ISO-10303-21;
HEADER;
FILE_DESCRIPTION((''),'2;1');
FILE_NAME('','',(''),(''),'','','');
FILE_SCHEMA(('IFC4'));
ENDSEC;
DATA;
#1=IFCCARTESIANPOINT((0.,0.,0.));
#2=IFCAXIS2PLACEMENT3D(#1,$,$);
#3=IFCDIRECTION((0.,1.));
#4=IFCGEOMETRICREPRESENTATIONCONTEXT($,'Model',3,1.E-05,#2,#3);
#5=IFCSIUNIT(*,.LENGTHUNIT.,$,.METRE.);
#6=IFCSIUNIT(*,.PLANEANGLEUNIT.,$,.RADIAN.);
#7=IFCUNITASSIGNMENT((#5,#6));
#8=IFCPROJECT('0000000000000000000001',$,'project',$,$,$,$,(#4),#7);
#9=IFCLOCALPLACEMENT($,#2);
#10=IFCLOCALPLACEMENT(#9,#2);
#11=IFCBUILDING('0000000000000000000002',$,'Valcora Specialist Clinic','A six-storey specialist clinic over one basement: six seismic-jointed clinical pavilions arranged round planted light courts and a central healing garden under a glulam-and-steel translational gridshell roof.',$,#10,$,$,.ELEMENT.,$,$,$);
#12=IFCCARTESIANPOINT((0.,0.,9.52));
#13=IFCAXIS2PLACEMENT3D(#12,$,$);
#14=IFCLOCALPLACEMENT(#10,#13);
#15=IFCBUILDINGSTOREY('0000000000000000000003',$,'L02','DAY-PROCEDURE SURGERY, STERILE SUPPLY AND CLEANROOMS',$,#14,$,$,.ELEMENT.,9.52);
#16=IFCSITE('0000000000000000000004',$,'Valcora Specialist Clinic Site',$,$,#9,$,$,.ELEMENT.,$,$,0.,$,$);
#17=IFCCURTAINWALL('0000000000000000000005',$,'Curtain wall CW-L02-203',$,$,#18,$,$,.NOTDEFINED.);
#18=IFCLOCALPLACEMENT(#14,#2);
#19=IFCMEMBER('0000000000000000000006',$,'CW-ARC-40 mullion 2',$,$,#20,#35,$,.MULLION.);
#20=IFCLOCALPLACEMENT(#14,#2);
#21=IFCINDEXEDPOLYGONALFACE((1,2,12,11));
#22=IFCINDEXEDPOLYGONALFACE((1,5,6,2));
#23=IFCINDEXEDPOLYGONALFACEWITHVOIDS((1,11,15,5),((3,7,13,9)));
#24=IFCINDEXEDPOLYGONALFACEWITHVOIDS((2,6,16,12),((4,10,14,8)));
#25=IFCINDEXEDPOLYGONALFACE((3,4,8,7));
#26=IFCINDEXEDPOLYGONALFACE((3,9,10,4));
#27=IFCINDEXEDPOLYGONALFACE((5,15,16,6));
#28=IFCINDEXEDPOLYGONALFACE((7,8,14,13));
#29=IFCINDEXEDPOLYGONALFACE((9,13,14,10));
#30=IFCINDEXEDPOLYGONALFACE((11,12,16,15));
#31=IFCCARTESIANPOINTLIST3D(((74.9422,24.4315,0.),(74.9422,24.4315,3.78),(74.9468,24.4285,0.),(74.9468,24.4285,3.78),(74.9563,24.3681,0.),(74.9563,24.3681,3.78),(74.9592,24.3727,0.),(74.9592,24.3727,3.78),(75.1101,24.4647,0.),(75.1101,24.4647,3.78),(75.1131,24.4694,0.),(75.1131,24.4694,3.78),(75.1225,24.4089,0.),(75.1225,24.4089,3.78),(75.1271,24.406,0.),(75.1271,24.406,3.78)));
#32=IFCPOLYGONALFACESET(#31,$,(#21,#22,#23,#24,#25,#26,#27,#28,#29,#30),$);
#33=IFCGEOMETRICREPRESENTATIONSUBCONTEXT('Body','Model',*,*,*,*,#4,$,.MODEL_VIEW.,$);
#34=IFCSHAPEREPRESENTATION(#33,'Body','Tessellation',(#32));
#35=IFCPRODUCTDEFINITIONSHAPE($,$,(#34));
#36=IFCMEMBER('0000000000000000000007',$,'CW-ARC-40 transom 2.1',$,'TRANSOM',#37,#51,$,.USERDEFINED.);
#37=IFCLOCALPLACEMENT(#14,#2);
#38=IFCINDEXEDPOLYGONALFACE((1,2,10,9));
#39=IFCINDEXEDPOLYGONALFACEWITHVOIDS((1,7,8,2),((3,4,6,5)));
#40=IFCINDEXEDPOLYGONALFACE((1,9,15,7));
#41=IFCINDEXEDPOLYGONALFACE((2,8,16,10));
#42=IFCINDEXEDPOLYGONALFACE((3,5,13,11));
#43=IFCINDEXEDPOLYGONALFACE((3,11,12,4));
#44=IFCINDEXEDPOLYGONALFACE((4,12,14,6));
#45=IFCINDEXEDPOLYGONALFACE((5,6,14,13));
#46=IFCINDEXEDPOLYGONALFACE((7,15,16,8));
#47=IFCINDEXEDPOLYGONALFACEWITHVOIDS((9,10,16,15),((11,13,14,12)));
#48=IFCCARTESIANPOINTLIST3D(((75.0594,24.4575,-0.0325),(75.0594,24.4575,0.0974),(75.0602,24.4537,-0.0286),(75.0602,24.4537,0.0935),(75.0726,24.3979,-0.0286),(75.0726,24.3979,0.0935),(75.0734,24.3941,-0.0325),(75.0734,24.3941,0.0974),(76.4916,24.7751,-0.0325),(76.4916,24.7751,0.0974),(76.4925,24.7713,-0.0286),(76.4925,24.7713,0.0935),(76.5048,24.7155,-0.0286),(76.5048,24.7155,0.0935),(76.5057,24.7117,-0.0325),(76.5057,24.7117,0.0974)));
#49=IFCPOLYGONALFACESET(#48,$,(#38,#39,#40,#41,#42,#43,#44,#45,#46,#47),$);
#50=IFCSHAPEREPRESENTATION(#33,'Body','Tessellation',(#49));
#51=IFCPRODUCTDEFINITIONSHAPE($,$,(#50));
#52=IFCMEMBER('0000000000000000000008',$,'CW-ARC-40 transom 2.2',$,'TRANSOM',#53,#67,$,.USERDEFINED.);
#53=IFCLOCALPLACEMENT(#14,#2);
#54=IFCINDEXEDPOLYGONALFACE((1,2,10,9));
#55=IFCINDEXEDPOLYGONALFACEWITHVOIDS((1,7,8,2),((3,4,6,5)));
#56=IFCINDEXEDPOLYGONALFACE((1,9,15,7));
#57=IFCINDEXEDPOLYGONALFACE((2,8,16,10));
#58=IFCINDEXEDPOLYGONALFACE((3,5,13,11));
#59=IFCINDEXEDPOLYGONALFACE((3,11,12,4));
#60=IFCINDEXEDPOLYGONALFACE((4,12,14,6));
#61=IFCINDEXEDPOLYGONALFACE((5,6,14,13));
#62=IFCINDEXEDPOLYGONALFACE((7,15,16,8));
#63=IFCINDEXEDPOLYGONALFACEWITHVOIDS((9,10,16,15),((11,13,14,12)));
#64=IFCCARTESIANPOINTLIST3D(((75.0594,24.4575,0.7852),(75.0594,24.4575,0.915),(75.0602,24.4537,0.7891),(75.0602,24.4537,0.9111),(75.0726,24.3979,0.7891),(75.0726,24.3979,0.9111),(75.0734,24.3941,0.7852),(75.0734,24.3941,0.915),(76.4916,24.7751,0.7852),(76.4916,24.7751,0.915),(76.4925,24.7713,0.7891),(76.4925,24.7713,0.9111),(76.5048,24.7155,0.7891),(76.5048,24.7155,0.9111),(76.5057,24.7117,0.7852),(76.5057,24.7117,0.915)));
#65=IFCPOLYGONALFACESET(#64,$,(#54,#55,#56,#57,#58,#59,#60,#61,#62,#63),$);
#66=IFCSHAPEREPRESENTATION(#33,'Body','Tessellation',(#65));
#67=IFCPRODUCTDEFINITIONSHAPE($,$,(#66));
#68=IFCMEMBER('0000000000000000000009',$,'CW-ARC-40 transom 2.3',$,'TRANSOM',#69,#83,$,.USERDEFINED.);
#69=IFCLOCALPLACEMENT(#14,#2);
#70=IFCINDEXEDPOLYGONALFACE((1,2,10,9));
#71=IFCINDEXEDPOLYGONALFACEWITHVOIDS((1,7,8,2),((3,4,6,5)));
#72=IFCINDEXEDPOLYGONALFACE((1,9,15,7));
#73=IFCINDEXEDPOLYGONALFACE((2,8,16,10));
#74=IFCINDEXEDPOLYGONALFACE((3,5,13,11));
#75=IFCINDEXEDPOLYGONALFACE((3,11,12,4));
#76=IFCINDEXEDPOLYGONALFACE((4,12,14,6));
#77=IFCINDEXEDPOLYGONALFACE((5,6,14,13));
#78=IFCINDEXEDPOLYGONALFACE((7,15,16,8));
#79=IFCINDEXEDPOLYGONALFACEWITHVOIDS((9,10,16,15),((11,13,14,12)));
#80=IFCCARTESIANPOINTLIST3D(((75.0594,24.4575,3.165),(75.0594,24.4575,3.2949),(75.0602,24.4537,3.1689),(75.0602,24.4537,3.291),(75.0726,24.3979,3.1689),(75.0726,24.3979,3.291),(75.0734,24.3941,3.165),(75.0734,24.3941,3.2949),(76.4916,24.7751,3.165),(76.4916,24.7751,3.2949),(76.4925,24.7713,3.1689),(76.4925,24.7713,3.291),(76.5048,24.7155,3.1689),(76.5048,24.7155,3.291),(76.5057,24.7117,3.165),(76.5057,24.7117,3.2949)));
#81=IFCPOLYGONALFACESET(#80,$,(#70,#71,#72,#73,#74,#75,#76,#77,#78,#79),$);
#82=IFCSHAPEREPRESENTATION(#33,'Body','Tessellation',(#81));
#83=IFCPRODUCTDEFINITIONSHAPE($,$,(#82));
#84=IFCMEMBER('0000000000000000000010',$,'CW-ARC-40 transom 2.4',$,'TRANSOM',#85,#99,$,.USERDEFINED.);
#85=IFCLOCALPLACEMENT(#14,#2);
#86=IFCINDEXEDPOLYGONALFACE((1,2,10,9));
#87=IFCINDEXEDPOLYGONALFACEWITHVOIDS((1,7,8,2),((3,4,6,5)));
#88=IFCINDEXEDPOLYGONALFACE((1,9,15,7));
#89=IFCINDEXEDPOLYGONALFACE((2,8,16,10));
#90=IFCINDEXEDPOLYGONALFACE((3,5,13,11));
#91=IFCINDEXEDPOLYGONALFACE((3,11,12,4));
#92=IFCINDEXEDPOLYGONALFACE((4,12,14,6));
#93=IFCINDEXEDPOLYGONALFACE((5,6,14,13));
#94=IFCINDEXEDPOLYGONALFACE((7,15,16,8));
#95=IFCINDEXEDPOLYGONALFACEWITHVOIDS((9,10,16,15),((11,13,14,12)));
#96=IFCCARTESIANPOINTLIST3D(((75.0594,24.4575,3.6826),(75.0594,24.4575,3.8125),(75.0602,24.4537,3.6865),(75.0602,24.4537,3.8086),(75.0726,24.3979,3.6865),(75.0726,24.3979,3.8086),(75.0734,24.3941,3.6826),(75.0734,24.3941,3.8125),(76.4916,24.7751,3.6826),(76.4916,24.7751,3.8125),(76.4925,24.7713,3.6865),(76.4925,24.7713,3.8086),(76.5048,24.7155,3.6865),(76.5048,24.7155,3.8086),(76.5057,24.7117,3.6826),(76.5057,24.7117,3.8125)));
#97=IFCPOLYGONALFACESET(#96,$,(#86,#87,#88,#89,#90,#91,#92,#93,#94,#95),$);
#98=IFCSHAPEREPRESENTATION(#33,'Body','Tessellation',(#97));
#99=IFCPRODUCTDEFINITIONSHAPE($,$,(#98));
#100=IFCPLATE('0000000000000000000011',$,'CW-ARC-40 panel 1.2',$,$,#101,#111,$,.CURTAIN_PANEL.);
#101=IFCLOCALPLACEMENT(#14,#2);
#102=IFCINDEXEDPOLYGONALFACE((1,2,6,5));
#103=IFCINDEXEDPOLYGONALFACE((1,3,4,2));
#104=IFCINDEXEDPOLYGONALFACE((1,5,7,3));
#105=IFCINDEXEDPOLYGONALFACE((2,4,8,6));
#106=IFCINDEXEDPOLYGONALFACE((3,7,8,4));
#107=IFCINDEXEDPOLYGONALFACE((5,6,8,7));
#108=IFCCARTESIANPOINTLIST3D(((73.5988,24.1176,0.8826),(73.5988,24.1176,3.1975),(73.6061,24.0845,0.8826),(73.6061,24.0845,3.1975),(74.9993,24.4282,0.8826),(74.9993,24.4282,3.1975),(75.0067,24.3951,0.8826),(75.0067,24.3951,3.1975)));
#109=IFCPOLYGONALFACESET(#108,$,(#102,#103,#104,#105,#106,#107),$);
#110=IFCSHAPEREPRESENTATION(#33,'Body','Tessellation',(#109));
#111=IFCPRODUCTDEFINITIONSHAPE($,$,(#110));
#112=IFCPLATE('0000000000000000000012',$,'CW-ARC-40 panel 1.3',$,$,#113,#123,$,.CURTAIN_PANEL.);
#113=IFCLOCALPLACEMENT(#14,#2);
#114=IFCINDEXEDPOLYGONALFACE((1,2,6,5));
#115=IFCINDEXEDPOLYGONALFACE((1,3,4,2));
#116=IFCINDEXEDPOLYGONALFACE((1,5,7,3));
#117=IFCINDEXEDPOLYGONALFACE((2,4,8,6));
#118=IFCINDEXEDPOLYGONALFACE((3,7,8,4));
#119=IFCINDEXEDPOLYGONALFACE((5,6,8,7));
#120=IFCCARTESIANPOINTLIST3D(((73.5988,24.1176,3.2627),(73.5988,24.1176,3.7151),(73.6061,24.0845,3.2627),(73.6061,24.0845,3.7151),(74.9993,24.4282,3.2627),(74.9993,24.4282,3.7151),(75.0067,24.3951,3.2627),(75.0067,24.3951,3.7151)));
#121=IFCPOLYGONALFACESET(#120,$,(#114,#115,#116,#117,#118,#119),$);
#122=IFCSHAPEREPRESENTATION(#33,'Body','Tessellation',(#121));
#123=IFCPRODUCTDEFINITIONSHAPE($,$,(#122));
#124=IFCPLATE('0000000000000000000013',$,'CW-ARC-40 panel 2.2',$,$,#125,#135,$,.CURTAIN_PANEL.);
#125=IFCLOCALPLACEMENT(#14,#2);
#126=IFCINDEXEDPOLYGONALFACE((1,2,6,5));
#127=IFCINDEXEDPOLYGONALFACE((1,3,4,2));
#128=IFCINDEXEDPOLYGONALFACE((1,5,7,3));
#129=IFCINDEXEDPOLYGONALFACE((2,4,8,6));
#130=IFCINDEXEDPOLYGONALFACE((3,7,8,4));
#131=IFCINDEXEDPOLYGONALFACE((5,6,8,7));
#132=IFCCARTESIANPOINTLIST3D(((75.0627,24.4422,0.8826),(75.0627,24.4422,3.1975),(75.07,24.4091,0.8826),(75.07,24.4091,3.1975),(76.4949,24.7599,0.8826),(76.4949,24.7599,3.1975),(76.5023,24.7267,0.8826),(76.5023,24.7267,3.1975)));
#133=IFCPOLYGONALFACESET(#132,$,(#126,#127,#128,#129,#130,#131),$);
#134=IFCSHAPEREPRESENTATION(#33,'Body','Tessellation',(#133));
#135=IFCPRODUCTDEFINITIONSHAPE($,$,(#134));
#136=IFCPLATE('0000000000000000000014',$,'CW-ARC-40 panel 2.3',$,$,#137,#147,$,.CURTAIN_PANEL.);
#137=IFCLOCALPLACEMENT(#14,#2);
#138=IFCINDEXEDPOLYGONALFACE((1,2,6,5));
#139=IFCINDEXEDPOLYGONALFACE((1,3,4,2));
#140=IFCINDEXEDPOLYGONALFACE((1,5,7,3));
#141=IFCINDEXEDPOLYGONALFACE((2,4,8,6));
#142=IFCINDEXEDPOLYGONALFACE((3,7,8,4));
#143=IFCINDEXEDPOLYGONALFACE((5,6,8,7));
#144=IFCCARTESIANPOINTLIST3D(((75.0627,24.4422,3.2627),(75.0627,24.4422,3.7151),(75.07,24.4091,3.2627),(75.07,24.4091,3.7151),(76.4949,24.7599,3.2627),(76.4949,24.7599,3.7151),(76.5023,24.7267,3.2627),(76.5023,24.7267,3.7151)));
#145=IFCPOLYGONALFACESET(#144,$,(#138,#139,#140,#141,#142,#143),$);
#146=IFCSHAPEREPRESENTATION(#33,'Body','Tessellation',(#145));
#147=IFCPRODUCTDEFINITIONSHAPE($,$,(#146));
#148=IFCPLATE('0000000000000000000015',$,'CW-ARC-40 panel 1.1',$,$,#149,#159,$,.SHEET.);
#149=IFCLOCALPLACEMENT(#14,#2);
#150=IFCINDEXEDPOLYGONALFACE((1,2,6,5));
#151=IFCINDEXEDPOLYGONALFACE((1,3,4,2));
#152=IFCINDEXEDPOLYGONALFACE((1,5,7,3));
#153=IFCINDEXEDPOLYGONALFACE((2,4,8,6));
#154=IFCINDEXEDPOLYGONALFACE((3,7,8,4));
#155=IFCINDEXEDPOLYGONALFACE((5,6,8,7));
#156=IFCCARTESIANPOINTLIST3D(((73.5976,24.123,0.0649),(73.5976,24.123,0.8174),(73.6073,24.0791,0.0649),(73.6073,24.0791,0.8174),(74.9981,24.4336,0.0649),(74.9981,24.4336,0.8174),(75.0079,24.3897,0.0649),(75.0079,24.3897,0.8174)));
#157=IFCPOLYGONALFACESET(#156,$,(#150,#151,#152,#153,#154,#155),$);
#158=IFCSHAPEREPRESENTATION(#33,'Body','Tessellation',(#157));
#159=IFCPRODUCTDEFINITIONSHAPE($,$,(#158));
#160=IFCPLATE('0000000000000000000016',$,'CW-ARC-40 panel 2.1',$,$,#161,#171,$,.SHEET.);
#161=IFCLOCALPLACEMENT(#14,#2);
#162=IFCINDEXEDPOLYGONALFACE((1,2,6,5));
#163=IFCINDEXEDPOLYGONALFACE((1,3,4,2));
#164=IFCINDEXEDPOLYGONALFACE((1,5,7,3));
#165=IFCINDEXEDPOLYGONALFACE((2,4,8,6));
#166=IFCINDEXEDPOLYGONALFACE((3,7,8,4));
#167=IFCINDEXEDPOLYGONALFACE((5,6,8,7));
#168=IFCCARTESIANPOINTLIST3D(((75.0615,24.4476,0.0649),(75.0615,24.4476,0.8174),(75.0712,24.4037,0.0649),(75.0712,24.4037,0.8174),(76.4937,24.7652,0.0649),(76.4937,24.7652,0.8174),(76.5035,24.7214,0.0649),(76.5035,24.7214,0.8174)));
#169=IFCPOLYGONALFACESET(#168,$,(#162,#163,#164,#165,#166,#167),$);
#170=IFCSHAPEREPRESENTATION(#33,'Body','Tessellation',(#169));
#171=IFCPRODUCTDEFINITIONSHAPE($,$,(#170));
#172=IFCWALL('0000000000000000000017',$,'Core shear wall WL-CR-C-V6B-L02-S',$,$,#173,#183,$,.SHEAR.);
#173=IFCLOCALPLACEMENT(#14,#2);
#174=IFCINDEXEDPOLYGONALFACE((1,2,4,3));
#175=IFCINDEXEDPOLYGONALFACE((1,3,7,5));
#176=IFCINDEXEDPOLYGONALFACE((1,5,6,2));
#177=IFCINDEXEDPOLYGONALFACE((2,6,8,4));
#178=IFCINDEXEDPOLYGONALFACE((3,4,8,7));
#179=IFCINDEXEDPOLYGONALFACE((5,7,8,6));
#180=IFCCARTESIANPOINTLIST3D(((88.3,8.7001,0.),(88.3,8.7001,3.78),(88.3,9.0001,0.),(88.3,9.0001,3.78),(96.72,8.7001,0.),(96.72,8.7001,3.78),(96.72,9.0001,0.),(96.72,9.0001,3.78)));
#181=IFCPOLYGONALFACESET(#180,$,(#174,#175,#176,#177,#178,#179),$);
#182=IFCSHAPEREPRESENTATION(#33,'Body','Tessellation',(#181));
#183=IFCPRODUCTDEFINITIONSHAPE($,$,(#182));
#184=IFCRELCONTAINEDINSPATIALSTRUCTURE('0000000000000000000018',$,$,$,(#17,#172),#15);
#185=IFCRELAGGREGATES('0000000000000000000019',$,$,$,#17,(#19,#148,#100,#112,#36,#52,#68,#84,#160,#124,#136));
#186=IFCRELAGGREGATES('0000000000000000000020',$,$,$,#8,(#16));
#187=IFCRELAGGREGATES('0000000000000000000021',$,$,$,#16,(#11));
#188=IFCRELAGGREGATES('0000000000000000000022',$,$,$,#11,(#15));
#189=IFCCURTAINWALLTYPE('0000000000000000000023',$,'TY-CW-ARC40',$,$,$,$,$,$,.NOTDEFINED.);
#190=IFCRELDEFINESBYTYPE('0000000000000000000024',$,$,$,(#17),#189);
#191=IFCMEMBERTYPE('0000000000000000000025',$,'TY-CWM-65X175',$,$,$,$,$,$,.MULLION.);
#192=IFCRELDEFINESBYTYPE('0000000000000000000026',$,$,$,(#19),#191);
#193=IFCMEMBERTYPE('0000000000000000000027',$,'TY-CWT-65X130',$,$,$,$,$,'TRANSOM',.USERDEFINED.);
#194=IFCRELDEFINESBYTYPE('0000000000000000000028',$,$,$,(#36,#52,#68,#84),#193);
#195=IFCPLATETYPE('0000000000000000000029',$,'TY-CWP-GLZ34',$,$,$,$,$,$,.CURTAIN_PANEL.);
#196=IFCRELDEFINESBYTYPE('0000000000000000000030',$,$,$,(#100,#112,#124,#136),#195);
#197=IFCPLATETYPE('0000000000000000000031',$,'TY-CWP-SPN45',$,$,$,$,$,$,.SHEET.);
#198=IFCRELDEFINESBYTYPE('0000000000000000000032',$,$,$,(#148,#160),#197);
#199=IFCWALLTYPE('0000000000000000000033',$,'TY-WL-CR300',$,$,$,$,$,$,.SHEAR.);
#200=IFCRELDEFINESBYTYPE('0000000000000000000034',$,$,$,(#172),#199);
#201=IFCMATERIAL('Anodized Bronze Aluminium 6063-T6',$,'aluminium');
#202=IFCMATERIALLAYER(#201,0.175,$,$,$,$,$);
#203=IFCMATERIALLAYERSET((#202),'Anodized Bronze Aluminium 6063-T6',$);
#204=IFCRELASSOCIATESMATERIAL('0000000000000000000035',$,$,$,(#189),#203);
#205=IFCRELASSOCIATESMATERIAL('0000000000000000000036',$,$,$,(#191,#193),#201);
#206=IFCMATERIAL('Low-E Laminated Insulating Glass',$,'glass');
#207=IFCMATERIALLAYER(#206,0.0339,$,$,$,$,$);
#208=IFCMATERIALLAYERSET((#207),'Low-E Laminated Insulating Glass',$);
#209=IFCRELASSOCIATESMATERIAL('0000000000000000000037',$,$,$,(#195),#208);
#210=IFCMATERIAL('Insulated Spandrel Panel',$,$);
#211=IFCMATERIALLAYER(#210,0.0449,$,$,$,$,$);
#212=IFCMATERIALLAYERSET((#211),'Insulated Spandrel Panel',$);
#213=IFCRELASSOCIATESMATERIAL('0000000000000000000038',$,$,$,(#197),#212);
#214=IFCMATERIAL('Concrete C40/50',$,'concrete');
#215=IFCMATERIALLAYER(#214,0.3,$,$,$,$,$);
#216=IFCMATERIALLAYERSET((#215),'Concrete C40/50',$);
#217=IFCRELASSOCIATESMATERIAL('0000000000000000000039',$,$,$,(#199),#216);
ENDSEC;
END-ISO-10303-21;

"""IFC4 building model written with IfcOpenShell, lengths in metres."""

from ifc_helpers import new_model, si_unit, direction, frame, frame_2d, origin, origin_2d, place, context, subcontext, project, spatial, rectangle, hollow_rectangle, extrude, material, layer, layer_set, material_profile, profile_set, type_object, element, aggregate, save


model = new_model("IFC4")

# Units and contexts
model_context = context("Model", 3, precision=1e-05, world=origin(), true_north=direction((0.0, 1.0)))
body_context = subcontext(model_context, "Body", "Model", "MODEL_VIEW")
ifc_project = project(units=[si_unit("LENGTHUNIT", "METRE"), si_unit("PLANEANGLEUNIT", "RADIAN")], contexts=[model_context])

# Site, building, storey
site_placement = place(None, origin())
site = spatial("IfcSite", under=ifc_project, at=site_placement, Name="Valcora Specialist Clinic Site", CompositionType="ELEMENT", RefElevation=0.0)
building_placement = place(site_placement, origin())
building = spatial("IfcBuilding", under=site, at=building_placement, Name="Valcora Specialist Clinic", Description="A six-storey specialist clinic over one basement: six seismic-jointed clinical pavilions arranged round planted light courts and a central healing garden under a glulam-and-steel translational gridshell roof.", CompositionType="ELEMENT")
storey_placement = place(building_placement, frame((0.0, 0.0, 9.52)))
storey = spatial("IfcBuildingStorey", under=building, at=storey_placement, Name="L02", Description="DAY-PROCEDURE SURGERY, STERILE SUPPLY AND CLEANROOMS", CompositionType="ELEMENT", Elevation=9.52)

# Shared definitions
ifc_material_1 = material(Name="Concrete C40/50", Category="concrete")

# Curtain wall, members, plates
ifc_material_2 = material(Name="Anodized Bronze Aluminium 6063-T6", Category="aluminium")
ifc_layer_1 = layer(ifc_material_2, 0.175)
ifc_layer_set_1 = layer_set([ifc_layer_1], Name="Anodized Bronze Aluminium 6063-T6")
curtain_wall_type = type_object("IfcCurtainWallType", Name="TY-CW-ARC40", PredefinedType="NOTDEFINED", material=ifc_layer_set_1)
curtain_wall_placement = place(storey_placement, origin())
curtain_wall = element("IfcCurtainWall", 1, at=curtain_wall_placement, inside=storey, type_object=curtain_wall_type, Name="Curtain wall CW-L02-203", PredefinedType="NOTDEFINED")
ifc_material_profile_1 = material_profile(ifc_material_2, hollow_rectangle(XDim=0.0649, YDim=0.175, WallThickness=0.0039, at=origin_2d()), Name="AL-MUL-65X175")
ifc_profile_set_1 = profile_set([ifc_material_profile_1], Name="Anodized Bronze Aluminium 6063-T6")
member_type_1 = type_object("IfcMemberType", Name="TY-CWM-65X175", PredefinedType="MULLION", material=ifc_profile_set_1)
member_1_placement = place(storey_placement, frame((75.0347, 24.4187, 0.0), z_axis=(0.0, 0.0, 1.0), x_axis=(-0.216518, 0.976279, 0.0)))
member_1 = element("IfcMember", 2, at=member_1_placement, type_object=member_type_1, Name="CW-ARC-40 mullion 2", PredefinedType="MULLION", context=body_context, shape_type="SweptSolid", body=[
    extrude(hollow_rectangle(XDim=0.0649, YDim=0.175, WallThickness=0.0039, at=origin_2d()), origin(), (0.0, 0.0, 1.0), 3.78),
])
ifc_material_profile_2 = material_profile(ifc_material_2, hollow_rectangle(XDim=0.0649, YDim=0.1299, WallThickness=0.0039, at=origin_2d()), Name="AL-TRN-65X130")
ifc_profile_set_2 = profile_set([ifc_material_profile_2], Name="Anodized Bronze Aluminium 6063-T6")
member_type_2 = type_object("IfcMemberType", Name="TY-CWT-65X130", ElementType="TRANSOM", PredefinedType="USERDEFINED", material=ifc_profile_set_2)
member_2_placement = place(storey_placement, frame((75.0664, 24.4258, 0.0325), z_axis=(0.976277, 0.216525, 0.0), x_axis=(-0.216525, 0.976277, 0.0)))
member_2 = element("IfcMember", 3, at=member_2_placement, type_object=member_type_2, Name="CW-ARC-40 transom 2.1", ObjectType="TRANSOM", PredefinedType="USERDEFINED", context=body_context, shape_type="SweptSolid", body=[
    extrude(hollow_rectangle(XDim=0.0649, YDim=0.1299, WallThickness=0.0039, at=origin_2d()), origin(), (0.0, 0.0, 1.0), 1.467),
])
member_3_placement = place(storey_placement, frame((75.0664, 24.4258, 0.8501), z_axis=(0.976277, 0.216525, 0.0), x_axis=(-0.216525, 0.976277, 0.0)))
member_3 = element("IfcMember", 4, at=member_3_placement, type_object=member_type_2, Name="CW-ARC-40 transom 2.2", ObjectType="TRANSOM", PredefinedType="USERDEFINED", context=body_context, shape_type="SweptSolid", body=[
    extrude(hollow_rectangle(XDim=0.0649, YDim=0.1299, WallThickness=0.0039, at=origin_2d()), origin(), (0.0, 0.0, 1.0), 1.467),
])
member_4_placement = place(storey_placement, frame((75.0664, 24.4258, 3.23), z_axis=(0.976277, 0.216525, 0.0), x_axis=(-0.216525, 0.976277, 0.0)))
member_4 = element("IfcMember", 5, at=member_4_placement, type_object=member_type_2, Name="CW-ARC-40 transom 2.3", ObjectType="TRANSOM", PredefinedType="USERDEFINED", context=body_context, shape_type="SweptSolid", body=[
    extrude(hollow_rectangle(XDim=0.0649, YDim=0.1299, WallThickness=0.0039, at=origin_2d()), origin(), (0.0, 0.0, 1.0), 1.467),
])
member_5_placement = place(storey_placement, frame((75.0664, 24.4258, 3.7476), z_axis=(0.976277, 0.216525, 0.0), x_axis=(-0.216525, 0.976277, 0.0)))
member_5 = element("IfcMember", 6, at=member_5_placement, type_object=member_type_2, Name="CW-ARC-40 transom 2.4", ObjectType="TRANSOM", PredefinedType="USERDEFINED", context=body_context, shape_type="SweptSolid", body=[
    extrude(hollow_rectangle(XDim=0.0649, YDim=0.1299, WallThickness=0.0039, at=origin_2d()), origin(), (0.0, 0.0, 1.0), 1.467),
])
ifc_material_3 = material(Name="Low-E Laminated Insulating Glass", Category="glass")
ifc_layer_2 = layer(ifc_material_3, 0.0339)
ifc_layer_set_2 = layer_set([ifc_layer_2], Name="Low-E Laminated Insulating Glass")
plate_type_1 = type_object("IfcPlateType", Name="TY-CWP-GLZ34", PredefinedType="CURTAIN_PANEL", material=ifc_layer_set_2)
plate_1_placement = place(storey_placement, frame((74.3027, 24.2563, 0.8826), z_axis=(0.0, 0.0, 1.0), x_axis=(0.976279, 0.216518, 0.0)))
plate_1 = element("IfcPlate", 7, at=plate_1_placement, type_object=plate_type_1, Name="CW-ARC-40 panel 1.2", PredefinedType="CURTAIN_PANEL", context=body_context, shape_type="SweptSolid", body=[
    extrude(rectangle(XDim=1.4346, YDim=0.0339, at=origin_2d()), origin(), (0.0, 0.0, 1.0), 2.3149),
])
plate_2_placement = place(storey_placement, frame((74.3027, 24.2563, 3.2627), z_axis=(0.0, 0.0, 1.0), x_axis=(0.976279, 0.216518, 0.0)))
plate_2 = element("IfcPlate", 8, at=plate_2_placement, type_object=plate_type_1, Name="CW-ARC-40 panel 1.3", PredefinedType="CURTAIN_PANEL", context=body_context, shape_type="SweptSolid", body=[
    extrude(rectangle(XDim=1.4346, YDim=0.0339, at=origin_2d()), origin(), (0.0, 0.0, 1.0), 0.4524),
])
plate_3_placement = place(storey_placement, frame((75.7825, 24.5845, 0.8826), z_axis=(0.0, 0.0, 1.0), x_axis=(0.976279, 0.216518, 0.0)))
plate_3 = element("IfcPlate", 9, at=plate_3_placement, type_object=plate_type_1, Name="CW-ARC-40 panel 2.2", PredefinedType="CURTAIN_PANEL", context=body_context, shape_type="SweptSolid", body=[
    extrude(rectangle(XDim=1.467, YDim=0.0339, at=origin_2d()), origin(), (0.0, 0.0, 1.0), 2.3149),
])
plate_4_placement = place(storey_placement, frame((75.7825, 24.5845, 3.2627), z_axis=(0.0, 0.0, 1.0), x_axis=(0.976279, 0.216518, 0.0)))
plate_4 = element("IfcPlate", 10, at=plate_4_placement, type_object=plate_type_1, Name="CW-ARC-40 panel 2.3", PredefinedType="CURTAIN_PANEL", context=body_context, shape_type="SweptSolid", body=[
    extrude(rectangle(XDim=1.467, YDim=0.0339, at=origin_2d()), origin(), (0.0, 0.0, 1.0), 0.4524),
])
ifc_material_4 = material(Name="Insulated Spandrel Panel")
ifc_layer_3 = layer(ifc_material_4, 0.0449)
ifc_layer_set_3 = layer_set([ifc_layer_3], Name="Insulated Spandrel Panel")
plate_type_2 = type_object("IfcPlateType", Name="TY-CWP-SPN45", PredefinedType="SHEET", material=ifc_layer_set_3)
plate_5_placement = place(storey_placement, frame((74.3027, 24.2563, 0.0649), z_axis=(0.0, 0.0, 1.0), x_axis=(0.976279, 0.216518, 0.0)))
plate_5 = element("IfcPlate", 11, at=plate_5_placement, type_object=plate_type_2, Name="CW-ARC-40 panel 1.1", PredefinedType="SHEET", context=body_context, shape_type="SweptSolid", body=[
    extrude(rectangle(XDim=1.4346, YDim=0.0449, at=origin_2d()), origin(), (0.0, 0.0, 1.0), 0.7524),
])
plate_6_placement = place(storey_placement, frame((75.7825, 24.5845, 0.0649), z_axis=(0.0, 0.0, 1.0), x_axis=(0.976279, 0.216518, 0.0)))
plate_6 = element("IfcPlate", 12, at=plate_6_placement, type_object=plate_type_2, Name="CW-ARC-40 panel 2.1", PredefinedType="SHEET", context=body_context, shape_type="SweptSolid", body=[
    extrude(rectangle(XDim=1.467, YDim=0.0449, at=origin_2d()), origin(), (0.0, 0.0, 1.0), 0.7524),
])
aggregate(curtain_wall, [member_1, plate_5, plate_1, plate_2, member_2, member_3, member_4, member_5, plate_6, plate_3, plate_4])

# Wall
ifc_layer_4 = layer(ifc_material_1, 0.3)
ifc_layer_set_4 = layer_set([ifc_layer_4], Name="Concrete C40/50")
wall_type_1 = type_object("IfcWallType", Name="TY-WL-CR300", PredefinedType="SHEAR", material=ifc_layer_set_4)
wall_1_placement = place(storey_placement, frame((88.3, 8.8501, 0.0), z_axis=(0.0, 0.0, 1.0), x_axis=(1.0, 0.0, 0.0)))
element("IfcWall", 13, at=wall_1_placement, inside=storey, type_object=wall_type_1, Name="Core shear wall WL-CR-C-V6B-L02-S", PredefinedType="SHEAR", context=body_context, shape_type="SweptSolid", body=[
    extrude(rectangle(XDim=8.4199, YDim=0.3, at=frame_2d((4.21, 0.0))), origin(), (0.0, 0.0, 1.0), 3.78),
])

save(model, "model.ifc")
